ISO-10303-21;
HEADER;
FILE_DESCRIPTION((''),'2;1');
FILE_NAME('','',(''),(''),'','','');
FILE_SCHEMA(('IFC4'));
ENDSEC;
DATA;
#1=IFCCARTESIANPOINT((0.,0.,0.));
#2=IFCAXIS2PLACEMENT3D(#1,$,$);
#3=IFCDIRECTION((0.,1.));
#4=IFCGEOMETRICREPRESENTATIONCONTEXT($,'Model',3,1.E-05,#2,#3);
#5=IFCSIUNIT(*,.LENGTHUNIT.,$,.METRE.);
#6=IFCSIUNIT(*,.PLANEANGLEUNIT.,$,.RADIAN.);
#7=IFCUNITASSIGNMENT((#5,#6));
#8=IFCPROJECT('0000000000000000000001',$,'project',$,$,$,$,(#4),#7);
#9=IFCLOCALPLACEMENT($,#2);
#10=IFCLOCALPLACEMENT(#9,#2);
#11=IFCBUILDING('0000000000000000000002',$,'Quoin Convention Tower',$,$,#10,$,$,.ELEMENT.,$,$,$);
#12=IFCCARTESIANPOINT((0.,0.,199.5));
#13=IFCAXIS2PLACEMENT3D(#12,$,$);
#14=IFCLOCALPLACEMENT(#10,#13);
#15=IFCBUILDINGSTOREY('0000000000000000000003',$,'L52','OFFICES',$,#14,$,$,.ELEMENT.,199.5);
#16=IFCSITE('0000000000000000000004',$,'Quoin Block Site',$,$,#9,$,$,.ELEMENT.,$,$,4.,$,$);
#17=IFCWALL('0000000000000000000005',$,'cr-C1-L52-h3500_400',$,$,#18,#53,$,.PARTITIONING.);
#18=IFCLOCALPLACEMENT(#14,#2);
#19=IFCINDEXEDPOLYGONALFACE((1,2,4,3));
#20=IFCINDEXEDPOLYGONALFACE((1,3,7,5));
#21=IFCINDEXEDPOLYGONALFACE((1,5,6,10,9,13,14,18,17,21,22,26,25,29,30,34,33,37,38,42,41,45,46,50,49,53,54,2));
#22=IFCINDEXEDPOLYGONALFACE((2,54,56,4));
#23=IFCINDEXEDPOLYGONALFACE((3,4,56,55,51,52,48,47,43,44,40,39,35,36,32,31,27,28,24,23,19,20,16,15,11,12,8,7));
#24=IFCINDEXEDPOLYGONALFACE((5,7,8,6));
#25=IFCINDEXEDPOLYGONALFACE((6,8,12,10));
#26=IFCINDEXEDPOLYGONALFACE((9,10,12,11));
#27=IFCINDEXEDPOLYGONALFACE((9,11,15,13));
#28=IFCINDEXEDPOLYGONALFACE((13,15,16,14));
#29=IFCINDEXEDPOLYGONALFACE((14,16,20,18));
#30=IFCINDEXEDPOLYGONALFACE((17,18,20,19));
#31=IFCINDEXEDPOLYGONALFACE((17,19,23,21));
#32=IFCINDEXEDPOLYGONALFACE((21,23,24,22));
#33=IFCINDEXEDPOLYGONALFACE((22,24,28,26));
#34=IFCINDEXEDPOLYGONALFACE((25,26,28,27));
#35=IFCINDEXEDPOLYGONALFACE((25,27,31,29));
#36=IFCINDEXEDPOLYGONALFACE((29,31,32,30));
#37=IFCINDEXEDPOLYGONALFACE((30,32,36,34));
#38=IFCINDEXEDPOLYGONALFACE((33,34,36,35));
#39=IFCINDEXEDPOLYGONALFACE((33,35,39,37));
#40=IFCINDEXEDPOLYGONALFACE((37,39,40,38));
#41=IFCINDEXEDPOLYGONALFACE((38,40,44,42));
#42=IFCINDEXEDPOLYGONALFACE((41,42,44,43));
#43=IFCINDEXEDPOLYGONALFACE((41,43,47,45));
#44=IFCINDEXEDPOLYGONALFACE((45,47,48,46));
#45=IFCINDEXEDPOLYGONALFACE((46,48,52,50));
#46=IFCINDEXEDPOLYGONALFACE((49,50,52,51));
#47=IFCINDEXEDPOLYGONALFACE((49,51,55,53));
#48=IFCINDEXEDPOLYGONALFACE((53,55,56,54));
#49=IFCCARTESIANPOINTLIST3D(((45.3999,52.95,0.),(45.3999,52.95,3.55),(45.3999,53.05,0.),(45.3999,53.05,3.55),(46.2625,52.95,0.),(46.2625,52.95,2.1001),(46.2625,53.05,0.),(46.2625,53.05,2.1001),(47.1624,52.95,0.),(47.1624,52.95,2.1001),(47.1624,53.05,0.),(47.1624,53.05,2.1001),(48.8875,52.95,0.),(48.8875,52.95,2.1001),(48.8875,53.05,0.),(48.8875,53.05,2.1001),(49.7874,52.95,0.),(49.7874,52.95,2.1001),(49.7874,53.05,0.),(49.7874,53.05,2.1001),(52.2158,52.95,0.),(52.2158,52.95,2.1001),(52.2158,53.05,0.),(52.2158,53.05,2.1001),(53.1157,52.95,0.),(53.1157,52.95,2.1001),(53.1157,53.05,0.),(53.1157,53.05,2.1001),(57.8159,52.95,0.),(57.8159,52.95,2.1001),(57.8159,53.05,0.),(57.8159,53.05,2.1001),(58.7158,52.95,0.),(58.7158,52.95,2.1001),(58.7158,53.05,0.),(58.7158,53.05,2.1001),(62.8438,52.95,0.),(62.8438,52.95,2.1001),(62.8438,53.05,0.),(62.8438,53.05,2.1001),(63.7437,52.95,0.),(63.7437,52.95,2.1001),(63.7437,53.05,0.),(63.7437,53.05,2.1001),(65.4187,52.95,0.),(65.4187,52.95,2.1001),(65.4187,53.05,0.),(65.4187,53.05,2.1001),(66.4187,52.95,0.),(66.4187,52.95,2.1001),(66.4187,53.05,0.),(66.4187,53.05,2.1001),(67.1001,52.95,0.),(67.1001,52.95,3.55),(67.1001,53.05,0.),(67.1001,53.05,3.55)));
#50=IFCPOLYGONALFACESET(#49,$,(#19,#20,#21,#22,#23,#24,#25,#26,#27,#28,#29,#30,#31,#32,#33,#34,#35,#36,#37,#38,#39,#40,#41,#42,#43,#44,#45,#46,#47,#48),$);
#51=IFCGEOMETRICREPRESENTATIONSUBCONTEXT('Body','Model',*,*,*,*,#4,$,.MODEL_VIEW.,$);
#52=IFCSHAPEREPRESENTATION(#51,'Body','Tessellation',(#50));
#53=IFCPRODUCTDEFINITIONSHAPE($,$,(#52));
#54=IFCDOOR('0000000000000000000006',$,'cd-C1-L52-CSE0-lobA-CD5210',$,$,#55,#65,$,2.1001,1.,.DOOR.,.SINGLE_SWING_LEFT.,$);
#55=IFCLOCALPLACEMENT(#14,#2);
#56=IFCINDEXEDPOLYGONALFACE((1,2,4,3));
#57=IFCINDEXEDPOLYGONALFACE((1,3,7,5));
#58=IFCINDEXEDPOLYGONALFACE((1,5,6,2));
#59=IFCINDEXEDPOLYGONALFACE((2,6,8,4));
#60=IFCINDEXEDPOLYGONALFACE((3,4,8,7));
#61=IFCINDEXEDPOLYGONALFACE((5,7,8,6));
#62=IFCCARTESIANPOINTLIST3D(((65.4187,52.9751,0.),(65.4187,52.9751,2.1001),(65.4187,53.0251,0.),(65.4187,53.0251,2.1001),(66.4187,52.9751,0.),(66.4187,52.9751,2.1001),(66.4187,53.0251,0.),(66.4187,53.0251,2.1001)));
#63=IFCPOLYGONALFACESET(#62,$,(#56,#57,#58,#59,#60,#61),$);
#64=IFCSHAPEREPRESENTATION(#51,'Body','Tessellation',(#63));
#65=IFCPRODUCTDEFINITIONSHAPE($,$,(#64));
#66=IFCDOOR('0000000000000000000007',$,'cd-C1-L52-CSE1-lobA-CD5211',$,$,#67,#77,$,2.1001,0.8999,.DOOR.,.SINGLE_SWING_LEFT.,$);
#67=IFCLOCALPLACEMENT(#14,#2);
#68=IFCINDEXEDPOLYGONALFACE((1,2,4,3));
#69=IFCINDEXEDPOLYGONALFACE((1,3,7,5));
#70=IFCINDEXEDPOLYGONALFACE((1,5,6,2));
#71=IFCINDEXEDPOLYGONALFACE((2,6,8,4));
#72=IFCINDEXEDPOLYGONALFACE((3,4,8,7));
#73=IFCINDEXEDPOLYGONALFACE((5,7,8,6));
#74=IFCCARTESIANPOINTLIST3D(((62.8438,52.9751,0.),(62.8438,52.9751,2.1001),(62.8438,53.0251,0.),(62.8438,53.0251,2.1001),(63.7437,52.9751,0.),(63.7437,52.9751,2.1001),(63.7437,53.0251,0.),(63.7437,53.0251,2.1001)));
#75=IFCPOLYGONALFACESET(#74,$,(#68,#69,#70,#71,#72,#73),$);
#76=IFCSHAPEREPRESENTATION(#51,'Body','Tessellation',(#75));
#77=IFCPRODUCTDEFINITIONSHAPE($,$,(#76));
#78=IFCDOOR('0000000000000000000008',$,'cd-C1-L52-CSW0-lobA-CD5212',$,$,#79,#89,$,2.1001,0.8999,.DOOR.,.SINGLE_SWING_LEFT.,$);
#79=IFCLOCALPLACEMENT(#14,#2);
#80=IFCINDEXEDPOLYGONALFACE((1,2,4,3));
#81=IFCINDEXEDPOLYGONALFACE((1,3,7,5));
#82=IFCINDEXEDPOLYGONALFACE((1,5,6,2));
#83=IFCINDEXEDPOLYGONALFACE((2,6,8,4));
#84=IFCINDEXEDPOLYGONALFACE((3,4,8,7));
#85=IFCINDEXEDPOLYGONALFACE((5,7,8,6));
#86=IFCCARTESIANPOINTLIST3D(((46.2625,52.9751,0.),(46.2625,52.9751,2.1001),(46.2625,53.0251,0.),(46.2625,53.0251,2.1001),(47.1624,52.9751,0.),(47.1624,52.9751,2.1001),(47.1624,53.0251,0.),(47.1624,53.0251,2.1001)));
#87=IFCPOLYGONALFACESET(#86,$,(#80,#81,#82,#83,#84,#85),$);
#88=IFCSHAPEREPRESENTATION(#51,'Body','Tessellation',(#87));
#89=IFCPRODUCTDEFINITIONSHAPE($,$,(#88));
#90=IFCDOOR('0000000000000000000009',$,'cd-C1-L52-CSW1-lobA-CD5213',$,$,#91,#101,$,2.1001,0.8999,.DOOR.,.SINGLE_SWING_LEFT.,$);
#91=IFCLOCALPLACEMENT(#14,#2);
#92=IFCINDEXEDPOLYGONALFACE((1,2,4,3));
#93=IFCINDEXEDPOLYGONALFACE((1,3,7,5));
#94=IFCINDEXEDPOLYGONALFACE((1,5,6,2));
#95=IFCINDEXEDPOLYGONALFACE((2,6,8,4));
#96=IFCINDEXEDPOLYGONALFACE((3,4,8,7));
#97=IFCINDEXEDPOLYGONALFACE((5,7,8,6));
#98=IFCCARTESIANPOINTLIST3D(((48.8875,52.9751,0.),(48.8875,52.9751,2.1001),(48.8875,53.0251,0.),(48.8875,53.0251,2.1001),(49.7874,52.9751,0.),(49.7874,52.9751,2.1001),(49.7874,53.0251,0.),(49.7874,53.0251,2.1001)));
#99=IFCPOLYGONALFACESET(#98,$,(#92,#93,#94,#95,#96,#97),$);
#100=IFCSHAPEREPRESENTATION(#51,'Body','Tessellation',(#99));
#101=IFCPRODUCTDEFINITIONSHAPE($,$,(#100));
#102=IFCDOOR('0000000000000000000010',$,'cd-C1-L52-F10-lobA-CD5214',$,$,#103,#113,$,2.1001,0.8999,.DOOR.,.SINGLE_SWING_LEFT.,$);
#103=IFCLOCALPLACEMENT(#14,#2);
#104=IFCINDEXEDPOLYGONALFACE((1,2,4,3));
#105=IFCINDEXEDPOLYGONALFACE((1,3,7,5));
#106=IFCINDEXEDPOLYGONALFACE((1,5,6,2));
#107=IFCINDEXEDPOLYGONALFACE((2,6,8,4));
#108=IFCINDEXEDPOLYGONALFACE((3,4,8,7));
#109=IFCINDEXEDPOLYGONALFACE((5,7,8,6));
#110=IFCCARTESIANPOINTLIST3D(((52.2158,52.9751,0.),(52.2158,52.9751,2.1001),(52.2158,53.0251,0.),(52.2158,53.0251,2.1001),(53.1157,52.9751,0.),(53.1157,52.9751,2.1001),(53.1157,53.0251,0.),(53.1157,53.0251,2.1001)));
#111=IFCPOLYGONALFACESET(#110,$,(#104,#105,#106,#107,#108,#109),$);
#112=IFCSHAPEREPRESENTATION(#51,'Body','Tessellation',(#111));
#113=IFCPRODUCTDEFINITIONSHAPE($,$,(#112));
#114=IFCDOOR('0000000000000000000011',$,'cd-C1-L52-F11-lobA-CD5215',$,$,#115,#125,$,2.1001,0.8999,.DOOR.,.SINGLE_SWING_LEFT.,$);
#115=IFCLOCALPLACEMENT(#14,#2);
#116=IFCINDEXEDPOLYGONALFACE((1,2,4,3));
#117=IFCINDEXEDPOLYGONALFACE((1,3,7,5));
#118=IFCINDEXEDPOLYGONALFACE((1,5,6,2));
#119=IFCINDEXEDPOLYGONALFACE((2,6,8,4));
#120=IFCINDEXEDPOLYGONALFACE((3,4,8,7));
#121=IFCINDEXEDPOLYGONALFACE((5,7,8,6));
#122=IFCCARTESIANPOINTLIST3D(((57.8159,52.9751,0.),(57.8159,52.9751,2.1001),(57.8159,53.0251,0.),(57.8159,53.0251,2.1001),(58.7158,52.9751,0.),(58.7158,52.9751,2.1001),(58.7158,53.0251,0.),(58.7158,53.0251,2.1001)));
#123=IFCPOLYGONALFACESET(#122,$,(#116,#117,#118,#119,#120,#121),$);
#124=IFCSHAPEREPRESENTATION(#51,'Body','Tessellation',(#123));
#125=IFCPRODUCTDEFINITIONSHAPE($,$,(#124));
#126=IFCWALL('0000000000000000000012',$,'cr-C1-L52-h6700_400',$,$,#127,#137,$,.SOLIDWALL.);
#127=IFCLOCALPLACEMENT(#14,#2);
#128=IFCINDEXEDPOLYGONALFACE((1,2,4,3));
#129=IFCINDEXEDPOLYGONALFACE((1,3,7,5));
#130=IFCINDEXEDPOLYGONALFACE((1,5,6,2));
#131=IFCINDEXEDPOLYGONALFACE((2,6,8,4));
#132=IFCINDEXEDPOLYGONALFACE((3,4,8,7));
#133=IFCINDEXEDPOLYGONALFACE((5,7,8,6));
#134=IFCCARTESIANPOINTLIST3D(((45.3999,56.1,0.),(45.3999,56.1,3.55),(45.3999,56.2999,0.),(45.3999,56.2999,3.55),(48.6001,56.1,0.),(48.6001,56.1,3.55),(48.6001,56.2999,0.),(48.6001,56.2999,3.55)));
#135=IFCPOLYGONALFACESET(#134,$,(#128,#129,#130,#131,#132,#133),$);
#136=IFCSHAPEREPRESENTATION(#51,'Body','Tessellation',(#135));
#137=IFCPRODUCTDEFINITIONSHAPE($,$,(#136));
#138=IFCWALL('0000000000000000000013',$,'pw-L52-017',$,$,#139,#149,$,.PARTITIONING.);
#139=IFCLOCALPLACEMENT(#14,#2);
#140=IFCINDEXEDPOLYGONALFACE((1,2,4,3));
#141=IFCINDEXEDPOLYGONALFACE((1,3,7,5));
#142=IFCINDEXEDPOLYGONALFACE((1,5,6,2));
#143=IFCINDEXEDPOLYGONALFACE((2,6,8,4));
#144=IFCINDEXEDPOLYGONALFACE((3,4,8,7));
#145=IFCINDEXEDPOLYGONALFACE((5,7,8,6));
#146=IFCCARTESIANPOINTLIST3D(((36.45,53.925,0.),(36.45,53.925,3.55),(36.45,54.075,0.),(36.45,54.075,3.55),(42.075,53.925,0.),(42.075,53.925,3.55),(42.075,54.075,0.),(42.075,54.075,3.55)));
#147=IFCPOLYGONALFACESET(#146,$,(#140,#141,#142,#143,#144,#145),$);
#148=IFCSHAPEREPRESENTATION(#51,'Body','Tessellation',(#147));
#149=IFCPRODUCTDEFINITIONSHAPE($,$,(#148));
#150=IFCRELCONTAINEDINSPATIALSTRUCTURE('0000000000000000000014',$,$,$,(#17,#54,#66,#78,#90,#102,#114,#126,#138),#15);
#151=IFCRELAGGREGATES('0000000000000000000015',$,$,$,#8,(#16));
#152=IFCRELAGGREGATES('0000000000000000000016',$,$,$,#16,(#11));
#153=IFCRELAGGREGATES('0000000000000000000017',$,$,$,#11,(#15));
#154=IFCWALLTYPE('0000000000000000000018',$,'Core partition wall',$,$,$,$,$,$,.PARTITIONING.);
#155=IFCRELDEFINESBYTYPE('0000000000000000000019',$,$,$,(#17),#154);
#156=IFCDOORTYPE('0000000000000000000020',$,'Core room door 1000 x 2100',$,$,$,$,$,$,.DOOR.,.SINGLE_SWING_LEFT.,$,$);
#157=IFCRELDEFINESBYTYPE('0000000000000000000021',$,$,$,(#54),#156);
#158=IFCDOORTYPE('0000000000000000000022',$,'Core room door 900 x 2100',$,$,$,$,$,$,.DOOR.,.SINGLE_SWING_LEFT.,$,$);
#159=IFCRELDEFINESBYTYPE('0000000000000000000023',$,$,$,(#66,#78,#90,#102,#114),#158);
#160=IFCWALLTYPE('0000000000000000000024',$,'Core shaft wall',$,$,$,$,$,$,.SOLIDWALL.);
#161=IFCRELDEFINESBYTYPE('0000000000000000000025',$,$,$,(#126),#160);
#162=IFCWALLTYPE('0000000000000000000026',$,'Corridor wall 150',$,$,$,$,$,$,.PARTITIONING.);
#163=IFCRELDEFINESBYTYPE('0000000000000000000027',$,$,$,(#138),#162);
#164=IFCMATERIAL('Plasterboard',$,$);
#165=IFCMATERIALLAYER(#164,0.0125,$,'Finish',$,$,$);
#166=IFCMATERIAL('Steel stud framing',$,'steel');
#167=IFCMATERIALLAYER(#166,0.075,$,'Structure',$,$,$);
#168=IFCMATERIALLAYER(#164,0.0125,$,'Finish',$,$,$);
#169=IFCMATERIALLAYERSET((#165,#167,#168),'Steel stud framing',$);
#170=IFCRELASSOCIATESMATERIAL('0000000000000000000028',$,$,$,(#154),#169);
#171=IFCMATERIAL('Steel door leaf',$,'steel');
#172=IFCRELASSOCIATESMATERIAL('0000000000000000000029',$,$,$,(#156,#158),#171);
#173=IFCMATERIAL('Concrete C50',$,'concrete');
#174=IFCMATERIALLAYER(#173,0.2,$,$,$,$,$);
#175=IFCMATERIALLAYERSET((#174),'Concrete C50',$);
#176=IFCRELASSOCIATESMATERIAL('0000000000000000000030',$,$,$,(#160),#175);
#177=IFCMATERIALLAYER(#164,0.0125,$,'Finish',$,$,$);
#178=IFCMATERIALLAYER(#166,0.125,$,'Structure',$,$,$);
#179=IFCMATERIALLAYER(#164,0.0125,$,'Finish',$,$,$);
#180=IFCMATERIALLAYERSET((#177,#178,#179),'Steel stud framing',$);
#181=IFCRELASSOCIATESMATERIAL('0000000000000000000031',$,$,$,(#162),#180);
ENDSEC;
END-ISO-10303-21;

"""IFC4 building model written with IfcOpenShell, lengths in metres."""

from ifc_helpers import new_model, si_unit, direction, frame, frame_2d, origin, place, context, subcontext, project, spatial, rectangle, extrude, material, layer, layer_set, type_object, element, fill, save


model = new_model("IFC4")

# Units and contexts
model_context = context("Model", 3, precision=1e-05, world=origin(), true_north=direction((0.0, 1.0)))
body_context = subcontext(model_context, "Body", "Model", "MODEL_VIEW")
ifc_project = project(units=[si_unit("LENGTHUNIT", "METRE"), si_unit("PLANEANGLEUNIT", "RADIAN")], contexts=[model_context])

# Site, building, storey
site_placement = place(None, origin())
site = spatial("IfcSite", under=ifc_project, at=site_placement, Name="Quoin Block Site", CompositionType="ELEMENT", RefElevation=4.0)
building_placement = place(site_placement, origin())
building = spatial("IfcBuilding", under=site, at=building_placement, Name="Quoin Convention Tower", CompositionType="ELEMENT")
storey_placement = place(building_placement, frame((0.0, 0.0, 199.5)))
storey = spatial("IfcBuildingStorey", under=building, at=storey_placement, Name="L52", Description="OFFICES", CompositionType="ELEMENT", Elevation=199.5)

# Wall, openings, doors
ifc_material_1 = material(Name="Plasterboard")
ifc_layer_1 = layer(ifc_material_1, 0.0125, Name="Finish")
ifc_material_2 = material(Name="Steel stud framing", Category="steel")
ifc_layer_2 = layer(ifc_material_2, 0.075, Name="Structure")
ifc_layer_3 = layer(ifc_material_1, 0.0125, Name="Finish")
ifc_layer_set_1 = layer_set([ifc_layer_1, ifc_layer_2, ifc_layer_3], Name="Steel stud framing")
wall_type_1 = type_object("IfcWallType", Name="Core partition wall", PredefinedType="PARTITIONING", material=ifc_layer_set_1)
wall_1_placement = place(storey_placement, frame((45.3999, 53.0, 0.0), z_axis=(0.0, 0.0, 1.0), x_axis=(1.0, 0.0, 0.0)))
wall_1 = element("IfcWall", 1, at=wall_1_placement, inside=storey, type_object=wall_type_1, Name="cr-C1-L52-h3500_400", PredefinedType="PARTITIONING", context=body_context, shape_type="SweptSolid", body=[
    extrude(rectangle(XDim=21.7002, YDim=0.1001, at=frame_2d((10.8501, 0.0))), origin(), (0.0, 0.0, 1.0), 3.55),
])
opening_1_placement = place(wall_1_placement, frame((20.0188, 0.0, 0.0)))
opening_1 = element("IfcOpeningElement", 2, at=opening_1_placement, cuts=wall_1, PredefinedType="OPENING", context=body_context, shape_type="SweptSolid", body=[
    extrude(rectangle(XDim=1.0, YDim=2.1001, at=frame_2d((0.5, 1.05))), frame((0.0, 0.0601, 0.0), z_axis=(0.0, -1.0, 0.0), x_axis=(1.0, 0.0, 0.0)), (0.0, 0.0, 1.0), 0.1201),
])
opening_2_placement = place(wall_1_placement, frame((17.4438, 0.0, 0.0)))
opening_2 = element("IfcOpeningElement", 3, at=opening_2_placement, cuts=wall_1, PredefinedType="OPENING", context=body_context, shape_type="SweptSolid", body=[
    extrude(rectangle(XDim=0.8999, YDim=2.1001, at=frame_2d((0.45, 1.05))), frame((0.0, 0.0601, 0.0), z_axis=(0.0, -1.0, 0.0), x_axis=(1.0, 0.0, 0.0)), (0.0, 0.0, 1.0), 0.1201),
])
opening_3_placement = place(wall_1_placement, frame((0.8625, 0.0, 0.0)))
opening_3 = element("IfcOpeningElement", 4, at=opening_3_placement, cuts=wall_1, PredefinedType="OPENING", context=body_context, shape_type="SweptSolid", body=[
    extrude(rectangle(XDim=0.8999, YDim=2.1001, at=frame_2d((0.45, 1.05))), frame((0.0, 0.0601, 0.0), z_axis=(0.0, -1.0, 0.0), x_axis=(1.0, 0.0, 0.0)), (0.0, 0.0, 1.0), 0.1201),
])
opening_4_placement = place(wall_1_placement, frame((3.4875, 0.0, 0.0)))
opening_4 = element("IfcOpeningElement", 5, at=opening_4_placement, cuts=wall_1, PredefinedType="OPENING", context=body_context, shape_type="SweptSolid", body=[
    extrude(rectangle(XDim=0.8999, YDim=2.1001, at=frame_2d((0.45, 1.05))), frame((0.0, 0.0601, 0.0), z_axis=(0.0, -1.0, 0.0), x_axis=(1.0, 0.0, 0.0)), (0.0, 0.0, 1.0), 0.1201),
])
opening_5_placement = place(wall_1_placement, frame((6.8159, 0.0, 0.0)))
opening_5 = element("IfcOpeningElement", 6, at=opening_5_placement, cuts=wall_1, PredefinedType="OPENING", context=body_context, shape_type="SweptSolid", body=[
    extrude(rectangle(XDim=0.8999, YDim=2.1001, at=frame_2d((0.45, 1.05))), frame((0.0, 0.0601, 0.0), z_axis=(0.0, -1.0, 0.0), x_axis=(1.0, 0.0, 0.0)), (0.0, 0.0, 1.0), 0.1201),
])
opening_6_placement = place(wall_1_placement, frame((12.416, 0.0, 0.0)))
opening_6 = element("IfcOpeningElement", 7, at=opening_6_placement, cuts=wall_1, PredefinedType="OPENING", context=body_context, shape_type="SweptSolid", body=[
    extrude(rectangle(XDim=0.8999, YDim=2.1001, at=frame_2d((0.45, 1.05))), frame((0.0, 0.0601, 0.0), z_axis=(0.0, -1.0, 0.0), x_axis=(1.0, 0.0, 0.0)), (0.0, 0.0, 1.0), 0.1201),
])
ifc_material_3 = material(Name="Steel door leaf", Category="steel")
door_type_1 = type_object("IfcDoorType", Name="Core room door 1000 x 2100", OperationType="SINGLE_SWING_LEFT", PredefinedType="DOOR", material=ifc_material_3)
door_1_placement = place(opening_1_placement, frame((1.0, 0.0, 0.0), z_axis=(0.0, 0.0, 1.0), x_axis=(-1.0, 0.0, 0.0)))
door_1 = element("IfcDoor", 8, at=door_1_placement, inside=storey, type_object=door_type_1, Name="cd-C1-L52-CSE0-lobA-CD5210", OperationType="SINGLE_SWING_LEFT", OverallHeight=2.1001, OverallWidth=1.0, PredefinedType="DOOR", context=body_context, shape_type="SweptSolid", body=[
    extrude(rectangle(XDim=1.0, YDim=2.1001, at=frame_2d((0.5, 1.05))), frame((0.0, 0.0249, 0.0), z_axis=(0.0, -1.0, 0.0), x_axis=(1.0, 0.0, 0.0)), (0.0, 0.0, 1.0), 0.05),
])
fill(opening_1, door_1)
door_type_2 = type_object("IfcDoorType", Name="Core room door 900 x 2100", OperationType="SINGLE_SWING_LEFT", PredefinedType="DOOR", material=ifc_material_3)
door_2_placement = place(opening_2_placement, frame((0.8999, 0.0, 0.0), z_axis=(0.0, 0.0, 1.0), x_axis=(-1.0, 0.0, 0.0)))
door_2 = element("IfcDoor", 9, at=door_2_placement, inside=storey, type_object=door_type_2, Name="cd-C1-L52-CSE1-lobA-CD5211", OperationType="SINGLE_SWING_LEFT", OverallHeight=2.1001, OverallWidth=0.8999, PredefinedType="DOOR", context=body_context, shape_type="SweptSolid", body=[
    extrude(rectangle(XDim=0.8999, YDim=2.1001, at=frame_2d((0.45, 1.05))), frame((0.0, 0.0249, 0.0), z_axis=(0.0, -1.0, 0.0), x_axis=(1.0, 0.0, 0.0)), (0.0, 0.0, 1.0), 0.05),
])
fill(opening_2, door_2)
door_3_placement = place(opening_3_placement, frame((0.8999, 0.0, 0.0), z_axis=(0.0, 0.0, 1.0), x_axis=(-1.0, 0.0, 0.0)))
door_3 = element("IfcDoor", 10, at=door_3_placement, inside=storey, type_object=door_type_2, Name="cd-C1-L52-CSW0-lobA-CD5212", OperationType="SINGLE_SWING_LEFT", OverallHeight=2.1001, OverallWidth=0.8999, PredefinedType="DOOR", context=body_context, shape_type="SweptSolid", body=[
    extrude(rectangle(XDim=0.8999, YDim=2.1001, at=frame_2d((0.45, 1.05))), frame((0.0, 0.0249, 0.0), z_axis=(0.0, -1.0, 0.0), x_axis=(1.0, 0.0, 0.0)), (0.0, 0.0, 1.0), 0.05),
])
fill(opening_3, door_3)
door_4_placement = place(opening_4_placement, frame((0.8999, 0.0, 0.0), z_axis=(0.0, 0.0, 1.0), x_axis=(-1.0, 0.0, 0.0)))
door_4 = element("IfcDoor", 11, at=door_4_placement, inside=storey, type_object=door_type_2, Name="cd-C1-L52-CSW1-lobA-CD5213", OperationType="SINGLE_SWING_LEFT", OverallHeight=2.1001, OverallWidth=0.8999, PredefinedType="DOOR", context=body_context, shape_type="SweptSolid", body=[
    extrude(rectangle(XDim=0.8999, YDim=2.1001, at=frame_2d((0.45, 1.05))), frame((0.0, 0.0249, 0.0), z_axis=(0.0, -1.0, 0.0), x_axis=(1.0, 0.0, 0.0)), (0.0, 0.0, 1.0), 0.05),
])
fill(opening_4, door_4)
door_5_placement = place(opening_5_placement, frame((0.8999, 0.0, 0.0), z_axis=(0.0, 0.0, 1.0), x_axis=(-1.0, 0.0, 0.0)))
door_5 = element("IfcDoor", 12, at=door_5_placement, inside=storey, type_object=door_type_2, Name="cd-C1-L52-F10-lobA-CD5214", OperationType="SINGLE_SWING_LEFT", OverallHeight=2.1001, OverallWidth=0.8999, PredefinedType="DOOR", context=body_context, shape_type="SweptSolid", body=[
    extrude(rectangle(XDim=0.8999, YDim=2.1001, at=frame_2d((0.45, 1.05))), frame((0.0, 0.0249, 0.0), z_axis=(0.0, -1.0, 0.0), x_axis=(1.0, 0.0, 0.0)), (0.0, 0.0, 1.0), 0.05),
])
fill(opening_5, door_5)
door_6_placement = place(opening_6_placement, frame((0.8999, 0.0, 0.0), z_axis=(0.0, 0.0, 1.0), x_axis=(-1.0, 0.0, 0.0)))
door_6 = element("IfcDoor", 13, at=door_6_placement, inside=storey, type_object=door_type_2, Name="cd-C1-L52-F11-lobA-CD5215", OperationType="SINGLE_SWING_LEFT", OverallHeight=2.1001, OverallWidth=0.8999, PredefinedType="DOOR", context=body_context, shape_type="SweptSolid", body=[
    extrude(rectangle(XDim=0.8999, YDim=2.1001, at=frame_2d((0.45, 1.05))), frame((0.0, 0.0249, 0.0), z_axis=(0.0, -1.0, 0.0), x_axis=(1.0, 0.0, 0.0)), (0.0, 0.0, 1.0), 0.05),
])
fill(opening_6, door_6)

# Walls
ifc_material_4 = material(Name="Concrete C50", Category="concrete")
ifc_layer_4 = layer(ifc_material_4, 0.2)
ifc_layer_set_2 = layer_set([ifc_layer_4], Name="Concrete C50")
wall_type_2 = type_object("IfcWallType", Name="Core shaft wall", PredefinedType="SOLIDWALL", material=ifc_layer_set_2)
wall_2_placement = place(storey_placement, frame((45.3999, 56.2, 0.0), z_axis=(0.0, 0.0, 1.0), x_axis=(1.0, 0.0, 0.0)))
element("IfcWall", 14, at=wall_2_placement, inside=storey, type_object=wall_type_2, Name="cr-C1-L52-h6700_400", PredefinedType="SOLIDWALL", context=body_context, shape_type="SweptSolid", body=[
    extrude(rectangle(XDim=3.2002, YDim=0.2, at=frame_2d((1.6001, 0.0))), origin(), (0.0, 0.0, 1.0), 3.55),
])
ifc_layer_5 = layer(ifc_material_1, 0.0125, Name="Finish")
ifc_layer_6 = layer(ifc_material_2, 0.125, Name="Structure")
ifc_layer_7 = layer(ifc_material_1, 0.0125, Name="Finish")
ifc_layer_set_3 = layer_set([ifc_layer_5, ifc_layer_6, ifc_layer_7], Name="Steel stud framing")
wall_type_3 = type_object("IfcWallType", Name="Corridor wall 150", PredefinedType="PARTITIONING", material=ifc_layer_set_3)
wall_3_placement = place(storey_placement, frame((36.45, 54.0, 0.0), z_axis=(0.0, 0.0, 1.0), x_axis=(1.0, 0.0, 0.0)))
element("IfcWall", 15, at=wall_3_placement, inside=storey, type_object=wall_type_3, Name="pw-L52-017", PredefinedType="PARTITIONING", context=body_context, shape_type="SweptSolid", body=[
    extrude(rectangle(XDim=5.625, YDim=0.1499, at=frame_2d((2.8125, 0.0))), origin(), (0.0, 0.0, 1.0), 3.55),
])

save(model, "model.ifc")
